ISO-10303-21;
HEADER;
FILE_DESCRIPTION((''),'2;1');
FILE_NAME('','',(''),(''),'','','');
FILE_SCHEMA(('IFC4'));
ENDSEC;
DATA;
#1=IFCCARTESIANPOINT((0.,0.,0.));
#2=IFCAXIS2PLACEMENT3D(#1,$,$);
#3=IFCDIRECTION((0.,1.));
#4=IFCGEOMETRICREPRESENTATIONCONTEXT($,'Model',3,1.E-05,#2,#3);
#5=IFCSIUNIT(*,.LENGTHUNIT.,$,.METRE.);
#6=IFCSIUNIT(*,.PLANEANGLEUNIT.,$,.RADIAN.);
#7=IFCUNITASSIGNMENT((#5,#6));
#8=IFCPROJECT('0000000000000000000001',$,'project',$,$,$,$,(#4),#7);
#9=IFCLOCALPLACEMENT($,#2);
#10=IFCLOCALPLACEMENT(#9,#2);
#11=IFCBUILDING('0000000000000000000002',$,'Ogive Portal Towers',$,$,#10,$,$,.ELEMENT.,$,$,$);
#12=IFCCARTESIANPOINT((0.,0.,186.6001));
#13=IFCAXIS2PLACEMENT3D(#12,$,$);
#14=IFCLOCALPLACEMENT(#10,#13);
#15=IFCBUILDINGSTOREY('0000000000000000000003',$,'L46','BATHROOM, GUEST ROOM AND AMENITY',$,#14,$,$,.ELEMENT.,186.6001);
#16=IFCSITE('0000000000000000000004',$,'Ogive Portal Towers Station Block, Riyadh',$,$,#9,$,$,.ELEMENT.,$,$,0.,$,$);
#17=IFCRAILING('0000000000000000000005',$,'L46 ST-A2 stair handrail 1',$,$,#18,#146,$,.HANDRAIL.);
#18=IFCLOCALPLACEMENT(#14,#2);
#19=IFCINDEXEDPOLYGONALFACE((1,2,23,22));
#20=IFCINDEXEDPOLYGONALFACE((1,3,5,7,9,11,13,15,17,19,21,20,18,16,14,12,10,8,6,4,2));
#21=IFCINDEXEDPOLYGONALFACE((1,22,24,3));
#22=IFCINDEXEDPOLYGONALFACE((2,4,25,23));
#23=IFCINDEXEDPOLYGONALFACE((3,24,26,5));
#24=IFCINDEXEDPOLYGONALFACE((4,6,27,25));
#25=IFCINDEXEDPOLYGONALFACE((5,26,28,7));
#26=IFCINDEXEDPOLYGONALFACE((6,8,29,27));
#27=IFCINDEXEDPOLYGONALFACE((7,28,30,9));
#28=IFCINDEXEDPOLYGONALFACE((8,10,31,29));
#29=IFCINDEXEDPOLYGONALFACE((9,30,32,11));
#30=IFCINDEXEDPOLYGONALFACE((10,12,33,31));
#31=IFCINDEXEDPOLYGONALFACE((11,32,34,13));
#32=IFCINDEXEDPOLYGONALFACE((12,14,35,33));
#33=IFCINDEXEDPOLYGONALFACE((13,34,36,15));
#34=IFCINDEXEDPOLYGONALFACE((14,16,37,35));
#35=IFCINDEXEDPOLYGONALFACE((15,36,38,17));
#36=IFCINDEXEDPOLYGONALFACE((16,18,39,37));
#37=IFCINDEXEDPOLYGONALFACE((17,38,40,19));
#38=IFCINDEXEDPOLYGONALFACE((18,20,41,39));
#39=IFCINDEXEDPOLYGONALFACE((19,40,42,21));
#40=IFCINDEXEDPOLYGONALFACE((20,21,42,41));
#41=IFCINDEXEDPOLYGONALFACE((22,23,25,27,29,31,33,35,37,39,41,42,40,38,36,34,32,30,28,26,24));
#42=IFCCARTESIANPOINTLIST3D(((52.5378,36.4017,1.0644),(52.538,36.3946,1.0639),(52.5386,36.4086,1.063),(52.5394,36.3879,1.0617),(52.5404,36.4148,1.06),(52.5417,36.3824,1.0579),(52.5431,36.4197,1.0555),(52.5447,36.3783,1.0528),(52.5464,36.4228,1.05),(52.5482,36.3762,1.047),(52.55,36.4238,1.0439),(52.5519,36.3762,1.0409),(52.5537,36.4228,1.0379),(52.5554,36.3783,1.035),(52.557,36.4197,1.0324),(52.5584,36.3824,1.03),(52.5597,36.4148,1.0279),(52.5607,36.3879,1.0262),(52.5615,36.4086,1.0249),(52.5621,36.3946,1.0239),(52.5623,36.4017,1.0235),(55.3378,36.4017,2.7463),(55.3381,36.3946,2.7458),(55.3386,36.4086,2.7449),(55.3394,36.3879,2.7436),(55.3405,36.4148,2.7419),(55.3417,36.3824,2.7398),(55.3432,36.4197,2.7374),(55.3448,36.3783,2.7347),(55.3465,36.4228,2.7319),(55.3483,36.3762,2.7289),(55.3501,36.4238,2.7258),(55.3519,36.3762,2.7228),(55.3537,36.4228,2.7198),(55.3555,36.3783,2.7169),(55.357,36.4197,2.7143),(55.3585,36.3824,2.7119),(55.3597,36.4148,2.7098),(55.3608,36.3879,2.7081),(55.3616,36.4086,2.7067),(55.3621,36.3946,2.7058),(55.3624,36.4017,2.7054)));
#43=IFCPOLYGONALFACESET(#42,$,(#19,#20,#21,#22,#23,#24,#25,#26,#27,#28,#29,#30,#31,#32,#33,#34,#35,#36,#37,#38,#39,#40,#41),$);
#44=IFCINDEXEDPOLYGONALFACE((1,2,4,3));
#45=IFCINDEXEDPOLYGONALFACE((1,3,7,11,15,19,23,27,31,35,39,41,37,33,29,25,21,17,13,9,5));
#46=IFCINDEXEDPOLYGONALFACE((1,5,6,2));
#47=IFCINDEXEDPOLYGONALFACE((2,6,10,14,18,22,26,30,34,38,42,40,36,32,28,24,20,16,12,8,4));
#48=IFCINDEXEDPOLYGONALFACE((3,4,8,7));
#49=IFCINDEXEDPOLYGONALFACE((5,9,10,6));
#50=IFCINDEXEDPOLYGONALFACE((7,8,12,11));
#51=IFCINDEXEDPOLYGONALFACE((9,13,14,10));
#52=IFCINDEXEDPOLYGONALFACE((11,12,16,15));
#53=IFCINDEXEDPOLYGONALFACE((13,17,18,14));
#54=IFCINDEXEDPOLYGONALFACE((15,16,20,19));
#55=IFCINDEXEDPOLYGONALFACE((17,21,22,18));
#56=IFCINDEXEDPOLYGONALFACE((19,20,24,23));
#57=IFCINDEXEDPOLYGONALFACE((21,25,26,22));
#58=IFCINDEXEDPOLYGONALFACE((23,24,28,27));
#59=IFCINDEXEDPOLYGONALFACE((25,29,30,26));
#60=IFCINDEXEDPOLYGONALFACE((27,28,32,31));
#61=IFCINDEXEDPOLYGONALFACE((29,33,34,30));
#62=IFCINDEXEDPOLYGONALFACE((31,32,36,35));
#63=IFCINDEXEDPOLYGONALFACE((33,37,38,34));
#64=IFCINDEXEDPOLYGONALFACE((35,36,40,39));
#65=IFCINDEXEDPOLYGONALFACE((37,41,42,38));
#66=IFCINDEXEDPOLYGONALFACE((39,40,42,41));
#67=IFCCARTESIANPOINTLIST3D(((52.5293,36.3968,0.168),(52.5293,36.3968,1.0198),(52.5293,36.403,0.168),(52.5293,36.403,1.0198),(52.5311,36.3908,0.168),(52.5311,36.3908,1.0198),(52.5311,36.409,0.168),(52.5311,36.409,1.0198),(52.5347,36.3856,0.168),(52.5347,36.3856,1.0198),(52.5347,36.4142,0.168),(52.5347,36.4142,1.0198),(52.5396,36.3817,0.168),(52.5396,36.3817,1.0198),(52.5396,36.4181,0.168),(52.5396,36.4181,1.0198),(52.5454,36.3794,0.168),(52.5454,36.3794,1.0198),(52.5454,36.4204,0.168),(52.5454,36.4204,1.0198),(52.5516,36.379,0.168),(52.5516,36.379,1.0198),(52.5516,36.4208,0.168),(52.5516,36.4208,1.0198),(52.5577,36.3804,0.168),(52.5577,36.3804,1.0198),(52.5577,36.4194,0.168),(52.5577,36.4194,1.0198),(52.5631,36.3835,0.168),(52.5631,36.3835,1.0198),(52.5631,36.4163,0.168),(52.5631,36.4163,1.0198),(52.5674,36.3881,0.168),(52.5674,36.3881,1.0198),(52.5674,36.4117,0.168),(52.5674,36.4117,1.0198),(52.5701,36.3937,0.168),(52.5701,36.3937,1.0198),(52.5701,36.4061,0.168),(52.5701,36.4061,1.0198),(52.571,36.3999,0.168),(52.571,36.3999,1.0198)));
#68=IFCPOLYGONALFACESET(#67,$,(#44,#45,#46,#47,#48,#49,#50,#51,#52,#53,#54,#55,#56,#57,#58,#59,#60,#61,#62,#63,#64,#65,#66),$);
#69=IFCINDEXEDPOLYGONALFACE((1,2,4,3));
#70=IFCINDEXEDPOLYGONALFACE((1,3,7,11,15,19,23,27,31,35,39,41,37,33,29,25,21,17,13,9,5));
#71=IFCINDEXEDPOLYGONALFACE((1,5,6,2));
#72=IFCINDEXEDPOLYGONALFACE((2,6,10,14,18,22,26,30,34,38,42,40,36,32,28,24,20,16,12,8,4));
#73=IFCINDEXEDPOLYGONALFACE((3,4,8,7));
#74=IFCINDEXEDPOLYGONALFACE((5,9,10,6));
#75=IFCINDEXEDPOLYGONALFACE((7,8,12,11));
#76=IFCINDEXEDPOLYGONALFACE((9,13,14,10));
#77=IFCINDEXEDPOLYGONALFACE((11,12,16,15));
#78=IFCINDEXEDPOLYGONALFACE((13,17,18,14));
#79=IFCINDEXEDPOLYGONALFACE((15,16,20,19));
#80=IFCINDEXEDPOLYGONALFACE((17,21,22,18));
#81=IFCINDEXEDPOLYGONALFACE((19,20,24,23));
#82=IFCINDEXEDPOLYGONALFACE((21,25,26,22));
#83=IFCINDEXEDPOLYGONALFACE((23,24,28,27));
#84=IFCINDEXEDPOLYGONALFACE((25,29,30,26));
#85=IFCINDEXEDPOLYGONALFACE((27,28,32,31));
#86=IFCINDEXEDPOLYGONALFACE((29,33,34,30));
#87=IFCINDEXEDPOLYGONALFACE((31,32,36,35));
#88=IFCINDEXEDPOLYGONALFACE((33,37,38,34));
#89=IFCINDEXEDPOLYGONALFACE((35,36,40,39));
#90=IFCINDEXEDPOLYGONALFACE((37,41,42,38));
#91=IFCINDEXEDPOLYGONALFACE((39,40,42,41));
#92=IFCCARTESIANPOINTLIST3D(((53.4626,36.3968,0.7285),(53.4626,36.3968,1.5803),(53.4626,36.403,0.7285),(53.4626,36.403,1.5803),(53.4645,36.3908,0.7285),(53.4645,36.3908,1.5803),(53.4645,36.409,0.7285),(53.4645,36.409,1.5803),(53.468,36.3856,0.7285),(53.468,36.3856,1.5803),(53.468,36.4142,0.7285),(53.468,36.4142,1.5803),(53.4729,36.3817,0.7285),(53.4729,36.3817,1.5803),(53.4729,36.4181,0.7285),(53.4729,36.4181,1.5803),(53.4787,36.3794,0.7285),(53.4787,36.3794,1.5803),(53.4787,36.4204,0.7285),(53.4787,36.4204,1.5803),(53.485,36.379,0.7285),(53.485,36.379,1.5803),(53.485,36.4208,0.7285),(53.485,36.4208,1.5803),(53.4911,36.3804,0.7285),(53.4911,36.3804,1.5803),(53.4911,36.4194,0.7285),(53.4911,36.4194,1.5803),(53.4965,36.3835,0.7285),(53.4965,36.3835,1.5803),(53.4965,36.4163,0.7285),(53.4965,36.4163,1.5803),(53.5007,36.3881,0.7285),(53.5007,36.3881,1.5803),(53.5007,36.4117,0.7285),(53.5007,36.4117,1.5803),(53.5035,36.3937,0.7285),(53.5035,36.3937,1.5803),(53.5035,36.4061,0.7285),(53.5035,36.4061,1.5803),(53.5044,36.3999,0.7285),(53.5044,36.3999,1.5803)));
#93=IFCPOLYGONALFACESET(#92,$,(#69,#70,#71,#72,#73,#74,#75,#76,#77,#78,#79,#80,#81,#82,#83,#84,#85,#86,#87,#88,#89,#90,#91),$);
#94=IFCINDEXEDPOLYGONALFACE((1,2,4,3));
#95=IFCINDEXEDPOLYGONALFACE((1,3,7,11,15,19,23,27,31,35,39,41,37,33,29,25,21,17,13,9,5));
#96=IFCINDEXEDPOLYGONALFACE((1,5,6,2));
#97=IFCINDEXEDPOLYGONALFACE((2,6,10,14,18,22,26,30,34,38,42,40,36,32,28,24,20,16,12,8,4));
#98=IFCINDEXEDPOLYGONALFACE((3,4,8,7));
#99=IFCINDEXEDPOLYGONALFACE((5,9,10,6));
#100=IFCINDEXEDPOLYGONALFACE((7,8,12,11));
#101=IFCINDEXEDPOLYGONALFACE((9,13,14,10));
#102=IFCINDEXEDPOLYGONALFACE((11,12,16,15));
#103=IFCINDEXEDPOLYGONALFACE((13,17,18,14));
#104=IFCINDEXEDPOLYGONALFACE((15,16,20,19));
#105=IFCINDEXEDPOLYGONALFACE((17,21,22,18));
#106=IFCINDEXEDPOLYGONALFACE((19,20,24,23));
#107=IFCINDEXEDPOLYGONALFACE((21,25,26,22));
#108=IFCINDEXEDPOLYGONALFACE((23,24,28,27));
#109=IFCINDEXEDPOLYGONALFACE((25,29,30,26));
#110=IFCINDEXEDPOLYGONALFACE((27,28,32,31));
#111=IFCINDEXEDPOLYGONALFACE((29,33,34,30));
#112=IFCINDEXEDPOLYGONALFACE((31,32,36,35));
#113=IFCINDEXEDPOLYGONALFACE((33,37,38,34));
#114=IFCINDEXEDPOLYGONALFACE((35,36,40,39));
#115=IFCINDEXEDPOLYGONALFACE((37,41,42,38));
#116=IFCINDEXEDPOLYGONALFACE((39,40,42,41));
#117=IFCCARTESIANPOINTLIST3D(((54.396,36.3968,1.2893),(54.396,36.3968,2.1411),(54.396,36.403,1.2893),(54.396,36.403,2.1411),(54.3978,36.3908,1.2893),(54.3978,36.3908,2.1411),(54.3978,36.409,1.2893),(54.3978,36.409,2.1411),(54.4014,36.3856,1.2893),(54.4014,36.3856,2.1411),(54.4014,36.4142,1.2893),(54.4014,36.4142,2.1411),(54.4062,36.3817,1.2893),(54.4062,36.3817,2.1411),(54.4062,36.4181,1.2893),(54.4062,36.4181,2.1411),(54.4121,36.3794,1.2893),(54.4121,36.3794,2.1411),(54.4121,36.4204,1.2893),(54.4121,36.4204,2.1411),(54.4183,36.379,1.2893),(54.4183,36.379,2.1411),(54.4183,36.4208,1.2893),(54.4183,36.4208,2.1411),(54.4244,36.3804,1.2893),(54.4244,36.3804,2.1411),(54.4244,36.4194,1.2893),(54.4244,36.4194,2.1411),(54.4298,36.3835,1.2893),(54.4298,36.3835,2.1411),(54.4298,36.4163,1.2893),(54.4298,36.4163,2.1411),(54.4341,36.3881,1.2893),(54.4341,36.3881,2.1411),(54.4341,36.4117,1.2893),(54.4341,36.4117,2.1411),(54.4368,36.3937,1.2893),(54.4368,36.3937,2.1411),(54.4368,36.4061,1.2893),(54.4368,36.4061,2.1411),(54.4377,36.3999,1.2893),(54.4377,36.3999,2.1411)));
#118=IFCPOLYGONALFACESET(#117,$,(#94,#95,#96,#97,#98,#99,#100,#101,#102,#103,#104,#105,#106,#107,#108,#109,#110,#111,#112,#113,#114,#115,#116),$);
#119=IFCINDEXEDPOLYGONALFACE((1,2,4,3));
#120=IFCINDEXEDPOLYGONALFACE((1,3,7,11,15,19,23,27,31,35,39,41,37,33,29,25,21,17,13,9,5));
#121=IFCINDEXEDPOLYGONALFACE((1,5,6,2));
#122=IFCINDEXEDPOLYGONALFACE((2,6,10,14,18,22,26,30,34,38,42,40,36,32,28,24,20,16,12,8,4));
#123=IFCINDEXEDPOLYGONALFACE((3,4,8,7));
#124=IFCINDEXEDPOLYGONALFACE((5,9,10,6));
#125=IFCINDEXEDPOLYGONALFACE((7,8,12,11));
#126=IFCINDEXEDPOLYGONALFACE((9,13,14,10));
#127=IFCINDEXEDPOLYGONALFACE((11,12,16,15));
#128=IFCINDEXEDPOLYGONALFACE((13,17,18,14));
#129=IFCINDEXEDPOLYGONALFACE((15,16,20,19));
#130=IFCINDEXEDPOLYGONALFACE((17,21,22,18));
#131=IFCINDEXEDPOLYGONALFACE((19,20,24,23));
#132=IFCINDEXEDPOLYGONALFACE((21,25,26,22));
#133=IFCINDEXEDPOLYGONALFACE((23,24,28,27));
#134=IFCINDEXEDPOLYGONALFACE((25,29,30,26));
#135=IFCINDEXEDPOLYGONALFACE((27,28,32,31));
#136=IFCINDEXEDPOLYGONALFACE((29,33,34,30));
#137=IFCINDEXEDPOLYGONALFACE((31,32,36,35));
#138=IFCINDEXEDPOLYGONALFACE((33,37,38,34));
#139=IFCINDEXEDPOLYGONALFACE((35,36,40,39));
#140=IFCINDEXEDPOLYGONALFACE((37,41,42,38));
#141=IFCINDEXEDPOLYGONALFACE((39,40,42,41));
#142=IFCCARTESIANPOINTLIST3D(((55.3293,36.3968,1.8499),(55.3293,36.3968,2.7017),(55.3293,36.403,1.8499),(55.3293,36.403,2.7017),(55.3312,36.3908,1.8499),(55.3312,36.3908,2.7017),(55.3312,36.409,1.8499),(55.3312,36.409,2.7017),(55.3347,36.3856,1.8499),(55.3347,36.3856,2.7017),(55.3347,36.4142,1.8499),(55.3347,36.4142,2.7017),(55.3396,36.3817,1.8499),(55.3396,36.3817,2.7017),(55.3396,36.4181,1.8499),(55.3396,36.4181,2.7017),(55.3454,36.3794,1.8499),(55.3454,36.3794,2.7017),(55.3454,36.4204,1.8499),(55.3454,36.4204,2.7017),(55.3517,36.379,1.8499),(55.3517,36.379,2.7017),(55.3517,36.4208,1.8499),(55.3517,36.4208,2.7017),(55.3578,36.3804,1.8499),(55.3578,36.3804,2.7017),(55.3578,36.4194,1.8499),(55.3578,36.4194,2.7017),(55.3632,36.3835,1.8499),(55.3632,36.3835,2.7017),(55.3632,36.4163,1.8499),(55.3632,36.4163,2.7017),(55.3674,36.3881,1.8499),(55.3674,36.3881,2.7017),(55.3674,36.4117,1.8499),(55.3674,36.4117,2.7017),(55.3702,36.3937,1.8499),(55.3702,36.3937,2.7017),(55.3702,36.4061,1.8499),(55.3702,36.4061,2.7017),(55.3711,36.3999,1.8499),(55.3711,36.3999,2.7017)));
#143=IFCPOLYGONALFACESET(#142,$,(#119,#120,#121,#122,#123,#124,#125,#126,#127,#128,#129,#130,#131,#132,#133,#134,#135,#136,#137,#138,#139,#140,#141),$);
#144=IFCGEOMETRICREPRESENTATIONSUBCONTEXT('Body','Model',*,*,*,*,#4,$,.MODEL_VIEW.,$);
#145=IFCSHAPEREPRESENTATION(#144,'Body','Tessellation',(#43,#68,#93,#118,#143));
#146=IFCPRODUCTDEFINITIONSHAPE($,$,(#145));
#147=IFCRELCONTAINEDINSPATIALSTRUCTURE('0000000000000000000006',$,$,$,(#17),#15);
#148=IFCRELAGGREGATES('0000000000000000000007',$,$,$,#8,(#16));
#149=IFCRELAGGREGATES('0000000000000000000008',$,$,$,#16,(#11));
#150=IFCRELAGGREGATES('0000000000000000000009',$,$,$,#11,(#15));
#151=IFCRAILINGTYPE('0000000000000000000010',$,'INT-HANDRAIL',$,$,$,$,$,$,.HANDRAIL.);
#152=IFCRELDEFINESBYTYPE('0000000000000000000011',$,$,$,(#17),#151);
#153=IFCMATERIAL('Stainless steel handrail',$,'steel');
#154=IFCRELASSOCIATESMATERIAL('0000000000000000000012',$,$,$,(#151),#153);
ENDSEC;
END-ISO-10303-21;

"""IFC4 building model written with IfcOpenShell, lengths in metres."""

from ifc_helpers import new_model, si_unit, direction, frame, origin, origin_2d, place, context, subcontext, project, spatial, circle, extrude, material, type_object, element, save


model = new_model("IFC4")

# Units and contexts
model_context = context("Model", 3, precision=1e-05, world=origin(), true_north=direction((0.0, 1.0)))
body_context = subcontext(model_context, "Body", "Model", "MODEL_VIEW")
ifc_project = project(units=[si_unit("LENGTHUNIT", "METRE"), si_unit("PLANEANGLEUNIT", "RADIAN")], contexts=[model_context])

# Site, building, storey
site_placement = place(None, origin())
site = spatial("IfcSite", under=ifc_project, at=site_placement, Name="Ogive Portal Towers Station Block, Riyadh", CompositionType="ELEMENT", RefElevation=0.0)
building_placement = place(site_placement, origin())
building = spatial("IfcBuilding", under=site, at=building_placement, Name="Ogive Portal Towers", CompositionType="ELEMENT")
storey_placement = place(building_placement, frame((0.0, 0.0, 186.6001)))
storey = spatial("IfcBuildingStorey", under=building, at=storey_placement, Name="L46", Description="BATHROOM, GUEST ROOM AND AMENITY", CompositionType="ELEMENT", Elevation=186.6001)

# Railing
ifc_material_1 = material(Name="Stainless steel handrail", Category="steel")
railing_type_1 = type_object("IfcRailingType", Name="INT-HANDRAIL", PredefinedType="HANDRAIL", material=ifc_material_1)
railing_1_placement = place(storey_placement, frame((52.55, 36.3999, 0.168)))
element("IfcRailing", 1, at=railing_1_placement, inside=storey, type_object=railing_type_1, Name="L46 ST-A2 stair handrail 1", PredefinedType="HANDRAIL", context=body_context, shape_type="SweptSolid", body=[
    extrude(circle(Radius=0.0239, at=origin_2d()), frame((0.0, 0.0, 0.876), z_axis=(0.857242, 0.0, 0.514913), x_axis=(0.0, 1.0, 0.0)), (0.0, 0.0, 1.0), 3.2664),
    extrude(circle(Radius=0.021, at=origin_2d()), origin(), (0.0, 0.0, 1.0), 0.8518),
    extrude(circle(Radius=0.021, at=origin_2d()), frame((0.9333, 0.0, 0.5605)), (0.0, 0.0, 1.0), 0.8518),
    extrude(circle(Radius=0.021, at=origin_2d()), frame((1.8667, 0.0, 1.1213)), (0.0, 0.0, 1.0), 0.8518),
    extrude(circle(Radius=0.021, at=origin_2d()), frame((2.8, 0.0, 1.6819)), (0.0, 0.0, 1.0), 0.8518),
])

save(model, "model.ifc")
